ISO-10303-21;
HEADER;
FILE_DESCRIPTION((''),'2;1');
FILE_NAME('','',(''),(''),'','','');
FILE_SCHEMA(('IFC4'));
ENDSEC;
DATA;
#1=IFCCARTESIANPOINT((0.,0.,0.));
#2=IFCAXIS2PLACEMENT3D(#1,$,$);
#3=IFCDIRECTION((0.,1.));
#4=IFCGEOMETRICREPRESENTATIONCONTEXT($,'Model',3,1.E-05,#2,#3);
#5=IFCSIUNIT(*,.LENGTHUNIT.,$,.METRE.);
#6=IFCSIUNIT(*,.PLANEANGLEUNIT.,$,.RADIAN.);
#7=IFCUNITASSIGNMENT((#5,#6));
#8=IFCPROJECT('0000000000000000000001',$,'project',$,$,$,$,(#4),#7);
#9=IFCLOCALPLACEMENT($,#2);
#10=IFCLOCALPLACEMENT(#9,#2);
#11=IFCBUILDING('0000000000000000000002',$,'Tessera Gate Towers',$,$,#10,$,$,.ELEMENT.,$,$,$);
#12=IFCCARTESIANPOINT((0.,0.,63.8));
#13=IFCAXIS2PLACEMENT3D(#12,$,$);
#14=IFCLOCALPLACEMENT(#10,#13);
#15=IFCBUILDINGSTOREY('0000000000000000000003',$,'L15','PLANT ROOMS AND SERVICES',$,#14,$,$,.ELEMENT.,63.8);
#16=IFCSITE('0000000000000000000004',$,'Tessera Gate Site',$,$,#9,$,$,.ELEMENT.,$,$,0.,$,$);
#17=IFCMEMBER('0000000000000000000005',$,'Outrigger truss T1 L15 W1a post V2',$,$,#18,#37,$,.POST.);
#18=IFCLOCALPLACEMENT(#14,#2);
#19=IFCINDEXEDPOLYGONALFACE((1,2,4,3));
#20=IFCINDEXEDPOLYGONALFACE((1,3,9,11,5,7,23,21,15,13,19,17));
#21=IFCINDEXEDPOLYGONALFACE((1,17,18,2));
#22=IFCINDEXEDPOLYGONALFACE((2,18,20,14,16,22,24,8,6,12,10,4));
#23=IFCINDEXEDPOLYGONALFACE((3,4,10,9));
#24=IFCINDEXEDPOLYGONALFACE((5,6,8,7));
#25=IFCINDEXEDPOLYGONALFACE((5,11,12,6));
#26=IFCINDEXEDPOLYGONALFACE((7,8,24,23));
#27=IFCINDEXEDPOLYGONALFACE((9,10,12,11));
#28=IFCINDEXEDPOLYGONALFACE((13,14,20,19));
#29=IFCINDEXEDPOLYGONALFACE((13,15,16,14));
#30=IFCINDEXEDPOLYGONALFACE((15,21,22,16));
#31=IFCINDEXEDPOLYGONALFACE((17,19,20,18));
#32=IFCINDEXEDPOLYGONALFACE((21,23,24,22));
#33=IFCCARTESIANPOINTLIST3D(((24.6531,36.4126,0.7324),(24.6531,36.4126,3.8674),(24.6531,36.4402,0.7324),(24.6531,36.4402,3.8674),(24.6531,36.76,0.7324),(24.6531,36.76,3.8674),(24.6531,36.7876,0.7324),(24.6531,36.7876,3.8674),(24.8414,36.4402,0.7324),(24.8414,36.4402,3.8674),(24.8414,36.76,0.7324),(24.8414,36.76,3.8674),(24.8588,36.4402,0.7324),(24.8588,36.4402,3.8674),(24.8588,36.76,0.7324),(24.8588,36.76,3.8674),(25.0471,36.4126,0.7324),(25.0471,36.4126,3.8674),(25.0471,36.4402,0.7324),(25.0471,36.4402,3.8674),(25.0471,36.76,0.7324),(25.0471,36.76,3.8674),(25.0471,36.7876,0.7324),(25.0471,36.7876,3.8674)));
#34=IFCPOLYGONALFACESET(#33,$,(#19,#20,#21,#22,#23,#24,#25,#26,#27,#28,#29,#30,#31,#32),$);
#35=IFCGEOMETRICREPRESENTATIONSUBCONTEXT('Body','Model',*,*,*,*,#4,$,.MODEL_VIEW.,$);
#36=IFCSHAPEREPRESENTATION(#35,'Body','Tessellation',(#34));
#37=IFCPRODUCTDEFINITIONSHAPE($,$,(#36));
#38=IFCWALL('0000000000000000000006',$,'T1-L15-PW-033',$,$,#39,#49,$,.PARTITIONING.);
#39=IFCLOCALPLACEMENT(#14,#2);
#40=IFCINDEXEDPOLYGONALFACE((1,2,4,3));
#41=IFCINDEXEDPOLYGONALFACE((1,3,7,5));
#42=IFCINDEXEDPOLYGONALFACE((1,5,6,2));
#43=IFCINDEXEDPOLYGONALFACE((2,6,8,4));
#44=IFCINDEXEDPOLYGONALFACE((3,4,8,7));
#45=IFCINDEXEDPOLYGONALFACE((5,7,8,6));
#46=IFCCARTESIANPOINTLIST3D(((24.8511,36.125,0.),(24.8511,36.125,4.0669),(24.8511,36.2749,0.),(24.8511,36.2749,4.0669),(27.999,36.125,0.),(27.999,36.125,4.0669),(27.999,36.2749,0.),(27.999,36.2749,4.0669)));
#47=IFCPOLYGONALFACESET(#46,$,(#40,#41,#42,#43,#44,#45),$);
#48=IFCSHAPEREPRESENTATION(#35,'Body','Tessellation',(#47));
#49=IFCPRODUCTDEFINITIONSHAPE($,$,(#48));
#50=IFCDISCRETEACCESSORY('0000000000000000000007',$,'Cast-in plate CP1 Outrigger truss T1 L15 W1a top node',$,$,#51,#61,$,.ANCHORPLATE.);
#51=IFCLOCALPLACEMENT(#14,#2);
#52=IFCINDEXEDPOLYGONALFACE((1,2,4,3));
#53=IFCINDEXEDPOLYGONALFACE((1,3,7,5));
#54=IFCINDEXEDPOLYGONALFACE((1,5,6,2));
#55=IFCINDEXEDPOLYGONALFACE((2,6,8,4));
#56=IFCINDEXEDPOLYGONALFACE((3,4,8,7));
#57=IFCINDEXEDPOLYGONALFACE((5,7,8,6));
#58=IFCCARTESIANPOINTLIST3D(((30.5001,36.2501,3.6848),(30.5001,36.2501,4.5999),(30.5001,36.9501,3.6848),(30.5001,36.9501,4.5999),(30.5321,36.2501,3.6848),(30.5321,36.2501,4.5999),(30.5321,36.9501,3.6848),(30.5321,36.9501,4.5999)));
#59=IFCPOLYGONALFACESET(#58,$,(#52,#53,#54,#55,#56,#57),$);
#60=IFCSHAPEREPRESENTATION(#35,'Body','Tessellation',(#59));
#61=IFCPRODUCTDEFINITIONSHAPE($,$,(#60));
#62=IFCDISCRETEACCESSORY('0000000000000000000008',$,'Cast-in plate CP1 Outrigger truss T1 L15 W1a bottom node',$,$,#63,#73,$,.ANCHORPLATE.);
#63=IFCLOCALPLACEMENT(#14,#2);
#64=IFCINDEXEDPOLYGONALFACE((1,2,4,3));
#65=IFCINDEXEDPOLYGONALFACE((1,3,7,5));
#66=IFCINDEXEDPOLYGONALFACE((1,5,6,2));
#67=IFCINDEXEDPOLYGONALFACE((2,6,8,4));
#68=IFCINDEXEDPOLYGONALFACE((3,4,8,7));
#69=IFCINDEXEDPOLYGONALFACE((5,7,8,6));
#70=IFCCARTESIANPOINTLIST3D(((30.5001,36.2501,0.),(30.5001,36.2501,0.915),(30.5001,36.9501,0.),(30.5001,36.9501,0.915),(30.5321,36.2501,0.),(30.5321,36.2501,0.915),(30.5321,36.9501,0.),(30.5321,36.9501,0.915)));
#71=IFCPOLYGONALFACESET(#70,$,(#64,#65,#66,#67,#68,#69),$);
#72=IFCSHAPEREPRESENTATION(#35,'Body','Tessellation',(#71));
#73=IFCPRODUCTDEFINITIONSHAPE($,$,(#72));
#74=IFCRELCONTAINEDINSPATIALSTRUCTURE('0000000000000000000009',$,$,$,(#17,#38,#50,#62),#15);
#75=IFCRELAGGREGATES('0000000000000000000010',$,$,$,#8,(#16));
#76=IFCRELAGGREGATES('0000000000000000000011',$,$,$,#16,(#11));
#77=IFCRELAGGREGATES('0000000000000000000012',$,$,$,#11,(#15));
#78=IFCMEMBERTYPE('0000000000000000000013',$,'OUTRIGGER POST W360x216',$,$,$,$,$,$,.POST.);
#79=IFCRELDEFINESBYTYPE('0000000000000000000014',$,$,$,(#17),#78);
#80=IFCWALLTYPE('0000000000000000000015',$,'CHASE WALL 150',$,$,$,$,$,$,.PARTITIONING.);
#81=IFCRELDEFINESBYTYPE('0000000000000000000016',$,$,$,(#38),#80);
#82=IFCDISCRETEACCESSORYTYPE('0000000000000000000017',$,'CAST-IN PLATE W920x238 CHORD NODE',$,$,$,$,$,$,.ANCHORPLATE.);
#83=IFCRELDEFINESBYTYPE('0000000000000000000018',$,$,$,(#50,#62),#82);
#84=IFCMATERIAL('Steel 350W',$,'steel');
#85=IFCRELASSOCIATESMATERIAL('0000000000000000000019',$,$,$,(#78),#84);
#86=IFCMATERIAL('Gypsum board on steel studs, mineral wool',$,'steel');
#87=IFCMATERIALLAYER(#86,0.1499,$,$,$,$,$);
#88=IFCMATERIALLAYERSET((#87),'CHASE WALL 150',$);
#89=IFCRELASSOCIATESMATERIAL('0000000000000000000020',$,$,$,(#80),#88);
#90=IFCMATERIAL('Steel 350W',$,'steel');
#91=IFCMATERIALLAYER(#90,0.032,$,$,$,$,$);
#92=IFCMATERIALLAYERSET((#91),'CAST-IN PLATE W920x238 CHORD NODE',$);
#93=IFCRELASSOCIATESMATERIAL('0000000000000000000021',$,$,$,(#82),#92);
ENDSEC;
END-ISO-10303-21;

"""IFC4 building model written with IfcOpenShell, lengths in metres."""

from ifc_helpers import new_model, si_unit, direction, frame, frame_2d, origin, origin_2d, place, context, subcontext, project, spatial, rectangle, i_section, extrude, material, layer, layer_set, material_profile, profile_set, type_object, element, save


model = new_model("IFC4")

# Units and contexts
model_context = context("Model", 3, precision=1e-05, world=origin(), true_north=direction((0.0, 1.0)))
body_context = subcontext(model_context, "Body", "Model", "MODEL_VIEW")
ifc_project = project(units=[si_unit("LENGTHUNIT", "METRE"), si_unit("PLANEANGLEUNIT", "RADIAN")], contexts=[model_context])

# Site, building, storey
site_placement = place(None, origin())
site = spatial("IfcSite", under=ifc_project, at=site_placement, Name="Tessera Gate Site", CompositionType="ELEMENT", RefElevation=0.0)
building_placement = place(site_placement, origin())
building = spatial("IfcBuilding", under=site, at=building_placement, Name="Tessera Gate Towers", CompositionType="ELEMENT")
storey_placement = place(building_placement, frame((0.0, 0.0, 63.8)))
storey = spatial("IfcBuildingStorey", under=building, at=storey_placement, Name="L15", Description="PLANT ROOMS AND SERVICES", CompositionType="ELEMENT", Elevation=63.8)

# Member
ifc_material_1 = material(Name="Steel 350W", Category="steel")
ifc_material_profile_1 = material_profile(ifc_material_1, i_section(OverallWidth=0.394, OverallDepth=0.375, WebThickness=0.0173, FlangeThickness=0.0276, at=origin_2d()), Name="W360x216")
ifc_profile_set_1 = profile_set([ifc_material_profile_1], Name="Steel 350W")
member_type_1 = type_object("IfcMemberType", Name="OUTRIGGER POST W360x216", PredefinedType="POST", material=ifc_profile_set_1)
for number, where, z_axis, x_axis, name in (
    (1, (24.8501, 36.6001, 0.7324), (0.0, 0.0, 1.0), (1.0, 0.0, 0.0), "Outrigger truss T1 L15 W1a post V2"),
):
    element("IfcMember", number, at=place(storey_placement, frame(where, z_axis=z_axis, x_axis=x_axis)), inside=storey, type_object=member_type_1, Name=name, PredefinedType="POST", context=body_context, shape_type="SweptSolid", body=[
        extrude(i_section(OverallWidth=0.394, OverallDepth=0.375, WebThickness=0.0173, FlangeThickness=0.0276, at=origin_2d()), origin(), (0.0, 0.0, 1.0), 3.135),
    ])

# Wall
ifc_material_2 = material(Name="Gypsum board on steel studs, mineral wool", Category="steel")
ifc_layer_1 = layer(ifc_material_2, 0.1499)
ifc_layer_set_1 = layer_set([ifc_layer_1], Name="CHASE WALL 150")
wall_type = type_object("IfcWallType", Name="CHASE WALL 150", PredefinedType="PARTITIONING", material=ifc_layer_set_1)
wall_placement = place(storey_placement, frame((24.8511, 36.2, 0.0), z_axis=(0.0, 0.0, 1.0), x_axis=(1.0, 0.0, 0.0)))
element("IfcWall", 2, at=wall_placement, inside=storey, type_object=wall_type, Name="T1-L15-PW-033", PredefinedType="PARTITIONING", context=body_context, shape_type="SweptSolid", body=[
    extrude(rectangle(XDim=3.1479, YDim=0.1499, at=frame_2d((1.574, 0.0))), origin(), (0.0, 0.0, 1.0), 4.0669),
])

# Discrete accessories
ifc_material_3 = material(Name="Steel 350W", Category="steel")
ifc_layer_2 = layer(ifc_material_3, 0.032)
ifc_layer_set_2 = layer_set([ifc_layer_2], Name="CAST-IN PLATE W920x238 CHORD NODE")
discrete_accessory_type = type_object("IfcDiscreteAccessoryType", Name="CAST-IN PLATE W920x238 CHORD NODE", PredefinedType="ANCHORPLATE", material=ifc_layer_set_2)
for number, where, z_axis, x_axis, name in (
    (3, (30.5161, 36.6001, 3.6848), (0.0, 0.0, 1.0), (1.0, 0.0, 0.0), "Cast-in plate CP1 Outrigger truss T1 L15 W1a top node"),
    (4, (30.5161, 36.6001, 0.0), (0.0, 0.0, 1.0), (1.0, 0.0, 0.0), "Cast-in plate CP1 Outrigger truss T1 L15 W1a bottom node"),
):
    element("IfcDiscreteAccessory", number, at=place(storey_placement, frame(where, z_axis=z_axis, x_axis=x_axis)), inside=storey, type_object=discrete_accessory_type, Name=name, PredefinedType="ANCHORPLATE", context=body_context, shape_type="SweptSolid", body=[
        extrude(rectangle(XDim=0.032, YDim=0.7, at=origin_2d()), origin(), (0.0, 0.0, 1.0), 0.915),
    ])

save(model, "model.ifc")
